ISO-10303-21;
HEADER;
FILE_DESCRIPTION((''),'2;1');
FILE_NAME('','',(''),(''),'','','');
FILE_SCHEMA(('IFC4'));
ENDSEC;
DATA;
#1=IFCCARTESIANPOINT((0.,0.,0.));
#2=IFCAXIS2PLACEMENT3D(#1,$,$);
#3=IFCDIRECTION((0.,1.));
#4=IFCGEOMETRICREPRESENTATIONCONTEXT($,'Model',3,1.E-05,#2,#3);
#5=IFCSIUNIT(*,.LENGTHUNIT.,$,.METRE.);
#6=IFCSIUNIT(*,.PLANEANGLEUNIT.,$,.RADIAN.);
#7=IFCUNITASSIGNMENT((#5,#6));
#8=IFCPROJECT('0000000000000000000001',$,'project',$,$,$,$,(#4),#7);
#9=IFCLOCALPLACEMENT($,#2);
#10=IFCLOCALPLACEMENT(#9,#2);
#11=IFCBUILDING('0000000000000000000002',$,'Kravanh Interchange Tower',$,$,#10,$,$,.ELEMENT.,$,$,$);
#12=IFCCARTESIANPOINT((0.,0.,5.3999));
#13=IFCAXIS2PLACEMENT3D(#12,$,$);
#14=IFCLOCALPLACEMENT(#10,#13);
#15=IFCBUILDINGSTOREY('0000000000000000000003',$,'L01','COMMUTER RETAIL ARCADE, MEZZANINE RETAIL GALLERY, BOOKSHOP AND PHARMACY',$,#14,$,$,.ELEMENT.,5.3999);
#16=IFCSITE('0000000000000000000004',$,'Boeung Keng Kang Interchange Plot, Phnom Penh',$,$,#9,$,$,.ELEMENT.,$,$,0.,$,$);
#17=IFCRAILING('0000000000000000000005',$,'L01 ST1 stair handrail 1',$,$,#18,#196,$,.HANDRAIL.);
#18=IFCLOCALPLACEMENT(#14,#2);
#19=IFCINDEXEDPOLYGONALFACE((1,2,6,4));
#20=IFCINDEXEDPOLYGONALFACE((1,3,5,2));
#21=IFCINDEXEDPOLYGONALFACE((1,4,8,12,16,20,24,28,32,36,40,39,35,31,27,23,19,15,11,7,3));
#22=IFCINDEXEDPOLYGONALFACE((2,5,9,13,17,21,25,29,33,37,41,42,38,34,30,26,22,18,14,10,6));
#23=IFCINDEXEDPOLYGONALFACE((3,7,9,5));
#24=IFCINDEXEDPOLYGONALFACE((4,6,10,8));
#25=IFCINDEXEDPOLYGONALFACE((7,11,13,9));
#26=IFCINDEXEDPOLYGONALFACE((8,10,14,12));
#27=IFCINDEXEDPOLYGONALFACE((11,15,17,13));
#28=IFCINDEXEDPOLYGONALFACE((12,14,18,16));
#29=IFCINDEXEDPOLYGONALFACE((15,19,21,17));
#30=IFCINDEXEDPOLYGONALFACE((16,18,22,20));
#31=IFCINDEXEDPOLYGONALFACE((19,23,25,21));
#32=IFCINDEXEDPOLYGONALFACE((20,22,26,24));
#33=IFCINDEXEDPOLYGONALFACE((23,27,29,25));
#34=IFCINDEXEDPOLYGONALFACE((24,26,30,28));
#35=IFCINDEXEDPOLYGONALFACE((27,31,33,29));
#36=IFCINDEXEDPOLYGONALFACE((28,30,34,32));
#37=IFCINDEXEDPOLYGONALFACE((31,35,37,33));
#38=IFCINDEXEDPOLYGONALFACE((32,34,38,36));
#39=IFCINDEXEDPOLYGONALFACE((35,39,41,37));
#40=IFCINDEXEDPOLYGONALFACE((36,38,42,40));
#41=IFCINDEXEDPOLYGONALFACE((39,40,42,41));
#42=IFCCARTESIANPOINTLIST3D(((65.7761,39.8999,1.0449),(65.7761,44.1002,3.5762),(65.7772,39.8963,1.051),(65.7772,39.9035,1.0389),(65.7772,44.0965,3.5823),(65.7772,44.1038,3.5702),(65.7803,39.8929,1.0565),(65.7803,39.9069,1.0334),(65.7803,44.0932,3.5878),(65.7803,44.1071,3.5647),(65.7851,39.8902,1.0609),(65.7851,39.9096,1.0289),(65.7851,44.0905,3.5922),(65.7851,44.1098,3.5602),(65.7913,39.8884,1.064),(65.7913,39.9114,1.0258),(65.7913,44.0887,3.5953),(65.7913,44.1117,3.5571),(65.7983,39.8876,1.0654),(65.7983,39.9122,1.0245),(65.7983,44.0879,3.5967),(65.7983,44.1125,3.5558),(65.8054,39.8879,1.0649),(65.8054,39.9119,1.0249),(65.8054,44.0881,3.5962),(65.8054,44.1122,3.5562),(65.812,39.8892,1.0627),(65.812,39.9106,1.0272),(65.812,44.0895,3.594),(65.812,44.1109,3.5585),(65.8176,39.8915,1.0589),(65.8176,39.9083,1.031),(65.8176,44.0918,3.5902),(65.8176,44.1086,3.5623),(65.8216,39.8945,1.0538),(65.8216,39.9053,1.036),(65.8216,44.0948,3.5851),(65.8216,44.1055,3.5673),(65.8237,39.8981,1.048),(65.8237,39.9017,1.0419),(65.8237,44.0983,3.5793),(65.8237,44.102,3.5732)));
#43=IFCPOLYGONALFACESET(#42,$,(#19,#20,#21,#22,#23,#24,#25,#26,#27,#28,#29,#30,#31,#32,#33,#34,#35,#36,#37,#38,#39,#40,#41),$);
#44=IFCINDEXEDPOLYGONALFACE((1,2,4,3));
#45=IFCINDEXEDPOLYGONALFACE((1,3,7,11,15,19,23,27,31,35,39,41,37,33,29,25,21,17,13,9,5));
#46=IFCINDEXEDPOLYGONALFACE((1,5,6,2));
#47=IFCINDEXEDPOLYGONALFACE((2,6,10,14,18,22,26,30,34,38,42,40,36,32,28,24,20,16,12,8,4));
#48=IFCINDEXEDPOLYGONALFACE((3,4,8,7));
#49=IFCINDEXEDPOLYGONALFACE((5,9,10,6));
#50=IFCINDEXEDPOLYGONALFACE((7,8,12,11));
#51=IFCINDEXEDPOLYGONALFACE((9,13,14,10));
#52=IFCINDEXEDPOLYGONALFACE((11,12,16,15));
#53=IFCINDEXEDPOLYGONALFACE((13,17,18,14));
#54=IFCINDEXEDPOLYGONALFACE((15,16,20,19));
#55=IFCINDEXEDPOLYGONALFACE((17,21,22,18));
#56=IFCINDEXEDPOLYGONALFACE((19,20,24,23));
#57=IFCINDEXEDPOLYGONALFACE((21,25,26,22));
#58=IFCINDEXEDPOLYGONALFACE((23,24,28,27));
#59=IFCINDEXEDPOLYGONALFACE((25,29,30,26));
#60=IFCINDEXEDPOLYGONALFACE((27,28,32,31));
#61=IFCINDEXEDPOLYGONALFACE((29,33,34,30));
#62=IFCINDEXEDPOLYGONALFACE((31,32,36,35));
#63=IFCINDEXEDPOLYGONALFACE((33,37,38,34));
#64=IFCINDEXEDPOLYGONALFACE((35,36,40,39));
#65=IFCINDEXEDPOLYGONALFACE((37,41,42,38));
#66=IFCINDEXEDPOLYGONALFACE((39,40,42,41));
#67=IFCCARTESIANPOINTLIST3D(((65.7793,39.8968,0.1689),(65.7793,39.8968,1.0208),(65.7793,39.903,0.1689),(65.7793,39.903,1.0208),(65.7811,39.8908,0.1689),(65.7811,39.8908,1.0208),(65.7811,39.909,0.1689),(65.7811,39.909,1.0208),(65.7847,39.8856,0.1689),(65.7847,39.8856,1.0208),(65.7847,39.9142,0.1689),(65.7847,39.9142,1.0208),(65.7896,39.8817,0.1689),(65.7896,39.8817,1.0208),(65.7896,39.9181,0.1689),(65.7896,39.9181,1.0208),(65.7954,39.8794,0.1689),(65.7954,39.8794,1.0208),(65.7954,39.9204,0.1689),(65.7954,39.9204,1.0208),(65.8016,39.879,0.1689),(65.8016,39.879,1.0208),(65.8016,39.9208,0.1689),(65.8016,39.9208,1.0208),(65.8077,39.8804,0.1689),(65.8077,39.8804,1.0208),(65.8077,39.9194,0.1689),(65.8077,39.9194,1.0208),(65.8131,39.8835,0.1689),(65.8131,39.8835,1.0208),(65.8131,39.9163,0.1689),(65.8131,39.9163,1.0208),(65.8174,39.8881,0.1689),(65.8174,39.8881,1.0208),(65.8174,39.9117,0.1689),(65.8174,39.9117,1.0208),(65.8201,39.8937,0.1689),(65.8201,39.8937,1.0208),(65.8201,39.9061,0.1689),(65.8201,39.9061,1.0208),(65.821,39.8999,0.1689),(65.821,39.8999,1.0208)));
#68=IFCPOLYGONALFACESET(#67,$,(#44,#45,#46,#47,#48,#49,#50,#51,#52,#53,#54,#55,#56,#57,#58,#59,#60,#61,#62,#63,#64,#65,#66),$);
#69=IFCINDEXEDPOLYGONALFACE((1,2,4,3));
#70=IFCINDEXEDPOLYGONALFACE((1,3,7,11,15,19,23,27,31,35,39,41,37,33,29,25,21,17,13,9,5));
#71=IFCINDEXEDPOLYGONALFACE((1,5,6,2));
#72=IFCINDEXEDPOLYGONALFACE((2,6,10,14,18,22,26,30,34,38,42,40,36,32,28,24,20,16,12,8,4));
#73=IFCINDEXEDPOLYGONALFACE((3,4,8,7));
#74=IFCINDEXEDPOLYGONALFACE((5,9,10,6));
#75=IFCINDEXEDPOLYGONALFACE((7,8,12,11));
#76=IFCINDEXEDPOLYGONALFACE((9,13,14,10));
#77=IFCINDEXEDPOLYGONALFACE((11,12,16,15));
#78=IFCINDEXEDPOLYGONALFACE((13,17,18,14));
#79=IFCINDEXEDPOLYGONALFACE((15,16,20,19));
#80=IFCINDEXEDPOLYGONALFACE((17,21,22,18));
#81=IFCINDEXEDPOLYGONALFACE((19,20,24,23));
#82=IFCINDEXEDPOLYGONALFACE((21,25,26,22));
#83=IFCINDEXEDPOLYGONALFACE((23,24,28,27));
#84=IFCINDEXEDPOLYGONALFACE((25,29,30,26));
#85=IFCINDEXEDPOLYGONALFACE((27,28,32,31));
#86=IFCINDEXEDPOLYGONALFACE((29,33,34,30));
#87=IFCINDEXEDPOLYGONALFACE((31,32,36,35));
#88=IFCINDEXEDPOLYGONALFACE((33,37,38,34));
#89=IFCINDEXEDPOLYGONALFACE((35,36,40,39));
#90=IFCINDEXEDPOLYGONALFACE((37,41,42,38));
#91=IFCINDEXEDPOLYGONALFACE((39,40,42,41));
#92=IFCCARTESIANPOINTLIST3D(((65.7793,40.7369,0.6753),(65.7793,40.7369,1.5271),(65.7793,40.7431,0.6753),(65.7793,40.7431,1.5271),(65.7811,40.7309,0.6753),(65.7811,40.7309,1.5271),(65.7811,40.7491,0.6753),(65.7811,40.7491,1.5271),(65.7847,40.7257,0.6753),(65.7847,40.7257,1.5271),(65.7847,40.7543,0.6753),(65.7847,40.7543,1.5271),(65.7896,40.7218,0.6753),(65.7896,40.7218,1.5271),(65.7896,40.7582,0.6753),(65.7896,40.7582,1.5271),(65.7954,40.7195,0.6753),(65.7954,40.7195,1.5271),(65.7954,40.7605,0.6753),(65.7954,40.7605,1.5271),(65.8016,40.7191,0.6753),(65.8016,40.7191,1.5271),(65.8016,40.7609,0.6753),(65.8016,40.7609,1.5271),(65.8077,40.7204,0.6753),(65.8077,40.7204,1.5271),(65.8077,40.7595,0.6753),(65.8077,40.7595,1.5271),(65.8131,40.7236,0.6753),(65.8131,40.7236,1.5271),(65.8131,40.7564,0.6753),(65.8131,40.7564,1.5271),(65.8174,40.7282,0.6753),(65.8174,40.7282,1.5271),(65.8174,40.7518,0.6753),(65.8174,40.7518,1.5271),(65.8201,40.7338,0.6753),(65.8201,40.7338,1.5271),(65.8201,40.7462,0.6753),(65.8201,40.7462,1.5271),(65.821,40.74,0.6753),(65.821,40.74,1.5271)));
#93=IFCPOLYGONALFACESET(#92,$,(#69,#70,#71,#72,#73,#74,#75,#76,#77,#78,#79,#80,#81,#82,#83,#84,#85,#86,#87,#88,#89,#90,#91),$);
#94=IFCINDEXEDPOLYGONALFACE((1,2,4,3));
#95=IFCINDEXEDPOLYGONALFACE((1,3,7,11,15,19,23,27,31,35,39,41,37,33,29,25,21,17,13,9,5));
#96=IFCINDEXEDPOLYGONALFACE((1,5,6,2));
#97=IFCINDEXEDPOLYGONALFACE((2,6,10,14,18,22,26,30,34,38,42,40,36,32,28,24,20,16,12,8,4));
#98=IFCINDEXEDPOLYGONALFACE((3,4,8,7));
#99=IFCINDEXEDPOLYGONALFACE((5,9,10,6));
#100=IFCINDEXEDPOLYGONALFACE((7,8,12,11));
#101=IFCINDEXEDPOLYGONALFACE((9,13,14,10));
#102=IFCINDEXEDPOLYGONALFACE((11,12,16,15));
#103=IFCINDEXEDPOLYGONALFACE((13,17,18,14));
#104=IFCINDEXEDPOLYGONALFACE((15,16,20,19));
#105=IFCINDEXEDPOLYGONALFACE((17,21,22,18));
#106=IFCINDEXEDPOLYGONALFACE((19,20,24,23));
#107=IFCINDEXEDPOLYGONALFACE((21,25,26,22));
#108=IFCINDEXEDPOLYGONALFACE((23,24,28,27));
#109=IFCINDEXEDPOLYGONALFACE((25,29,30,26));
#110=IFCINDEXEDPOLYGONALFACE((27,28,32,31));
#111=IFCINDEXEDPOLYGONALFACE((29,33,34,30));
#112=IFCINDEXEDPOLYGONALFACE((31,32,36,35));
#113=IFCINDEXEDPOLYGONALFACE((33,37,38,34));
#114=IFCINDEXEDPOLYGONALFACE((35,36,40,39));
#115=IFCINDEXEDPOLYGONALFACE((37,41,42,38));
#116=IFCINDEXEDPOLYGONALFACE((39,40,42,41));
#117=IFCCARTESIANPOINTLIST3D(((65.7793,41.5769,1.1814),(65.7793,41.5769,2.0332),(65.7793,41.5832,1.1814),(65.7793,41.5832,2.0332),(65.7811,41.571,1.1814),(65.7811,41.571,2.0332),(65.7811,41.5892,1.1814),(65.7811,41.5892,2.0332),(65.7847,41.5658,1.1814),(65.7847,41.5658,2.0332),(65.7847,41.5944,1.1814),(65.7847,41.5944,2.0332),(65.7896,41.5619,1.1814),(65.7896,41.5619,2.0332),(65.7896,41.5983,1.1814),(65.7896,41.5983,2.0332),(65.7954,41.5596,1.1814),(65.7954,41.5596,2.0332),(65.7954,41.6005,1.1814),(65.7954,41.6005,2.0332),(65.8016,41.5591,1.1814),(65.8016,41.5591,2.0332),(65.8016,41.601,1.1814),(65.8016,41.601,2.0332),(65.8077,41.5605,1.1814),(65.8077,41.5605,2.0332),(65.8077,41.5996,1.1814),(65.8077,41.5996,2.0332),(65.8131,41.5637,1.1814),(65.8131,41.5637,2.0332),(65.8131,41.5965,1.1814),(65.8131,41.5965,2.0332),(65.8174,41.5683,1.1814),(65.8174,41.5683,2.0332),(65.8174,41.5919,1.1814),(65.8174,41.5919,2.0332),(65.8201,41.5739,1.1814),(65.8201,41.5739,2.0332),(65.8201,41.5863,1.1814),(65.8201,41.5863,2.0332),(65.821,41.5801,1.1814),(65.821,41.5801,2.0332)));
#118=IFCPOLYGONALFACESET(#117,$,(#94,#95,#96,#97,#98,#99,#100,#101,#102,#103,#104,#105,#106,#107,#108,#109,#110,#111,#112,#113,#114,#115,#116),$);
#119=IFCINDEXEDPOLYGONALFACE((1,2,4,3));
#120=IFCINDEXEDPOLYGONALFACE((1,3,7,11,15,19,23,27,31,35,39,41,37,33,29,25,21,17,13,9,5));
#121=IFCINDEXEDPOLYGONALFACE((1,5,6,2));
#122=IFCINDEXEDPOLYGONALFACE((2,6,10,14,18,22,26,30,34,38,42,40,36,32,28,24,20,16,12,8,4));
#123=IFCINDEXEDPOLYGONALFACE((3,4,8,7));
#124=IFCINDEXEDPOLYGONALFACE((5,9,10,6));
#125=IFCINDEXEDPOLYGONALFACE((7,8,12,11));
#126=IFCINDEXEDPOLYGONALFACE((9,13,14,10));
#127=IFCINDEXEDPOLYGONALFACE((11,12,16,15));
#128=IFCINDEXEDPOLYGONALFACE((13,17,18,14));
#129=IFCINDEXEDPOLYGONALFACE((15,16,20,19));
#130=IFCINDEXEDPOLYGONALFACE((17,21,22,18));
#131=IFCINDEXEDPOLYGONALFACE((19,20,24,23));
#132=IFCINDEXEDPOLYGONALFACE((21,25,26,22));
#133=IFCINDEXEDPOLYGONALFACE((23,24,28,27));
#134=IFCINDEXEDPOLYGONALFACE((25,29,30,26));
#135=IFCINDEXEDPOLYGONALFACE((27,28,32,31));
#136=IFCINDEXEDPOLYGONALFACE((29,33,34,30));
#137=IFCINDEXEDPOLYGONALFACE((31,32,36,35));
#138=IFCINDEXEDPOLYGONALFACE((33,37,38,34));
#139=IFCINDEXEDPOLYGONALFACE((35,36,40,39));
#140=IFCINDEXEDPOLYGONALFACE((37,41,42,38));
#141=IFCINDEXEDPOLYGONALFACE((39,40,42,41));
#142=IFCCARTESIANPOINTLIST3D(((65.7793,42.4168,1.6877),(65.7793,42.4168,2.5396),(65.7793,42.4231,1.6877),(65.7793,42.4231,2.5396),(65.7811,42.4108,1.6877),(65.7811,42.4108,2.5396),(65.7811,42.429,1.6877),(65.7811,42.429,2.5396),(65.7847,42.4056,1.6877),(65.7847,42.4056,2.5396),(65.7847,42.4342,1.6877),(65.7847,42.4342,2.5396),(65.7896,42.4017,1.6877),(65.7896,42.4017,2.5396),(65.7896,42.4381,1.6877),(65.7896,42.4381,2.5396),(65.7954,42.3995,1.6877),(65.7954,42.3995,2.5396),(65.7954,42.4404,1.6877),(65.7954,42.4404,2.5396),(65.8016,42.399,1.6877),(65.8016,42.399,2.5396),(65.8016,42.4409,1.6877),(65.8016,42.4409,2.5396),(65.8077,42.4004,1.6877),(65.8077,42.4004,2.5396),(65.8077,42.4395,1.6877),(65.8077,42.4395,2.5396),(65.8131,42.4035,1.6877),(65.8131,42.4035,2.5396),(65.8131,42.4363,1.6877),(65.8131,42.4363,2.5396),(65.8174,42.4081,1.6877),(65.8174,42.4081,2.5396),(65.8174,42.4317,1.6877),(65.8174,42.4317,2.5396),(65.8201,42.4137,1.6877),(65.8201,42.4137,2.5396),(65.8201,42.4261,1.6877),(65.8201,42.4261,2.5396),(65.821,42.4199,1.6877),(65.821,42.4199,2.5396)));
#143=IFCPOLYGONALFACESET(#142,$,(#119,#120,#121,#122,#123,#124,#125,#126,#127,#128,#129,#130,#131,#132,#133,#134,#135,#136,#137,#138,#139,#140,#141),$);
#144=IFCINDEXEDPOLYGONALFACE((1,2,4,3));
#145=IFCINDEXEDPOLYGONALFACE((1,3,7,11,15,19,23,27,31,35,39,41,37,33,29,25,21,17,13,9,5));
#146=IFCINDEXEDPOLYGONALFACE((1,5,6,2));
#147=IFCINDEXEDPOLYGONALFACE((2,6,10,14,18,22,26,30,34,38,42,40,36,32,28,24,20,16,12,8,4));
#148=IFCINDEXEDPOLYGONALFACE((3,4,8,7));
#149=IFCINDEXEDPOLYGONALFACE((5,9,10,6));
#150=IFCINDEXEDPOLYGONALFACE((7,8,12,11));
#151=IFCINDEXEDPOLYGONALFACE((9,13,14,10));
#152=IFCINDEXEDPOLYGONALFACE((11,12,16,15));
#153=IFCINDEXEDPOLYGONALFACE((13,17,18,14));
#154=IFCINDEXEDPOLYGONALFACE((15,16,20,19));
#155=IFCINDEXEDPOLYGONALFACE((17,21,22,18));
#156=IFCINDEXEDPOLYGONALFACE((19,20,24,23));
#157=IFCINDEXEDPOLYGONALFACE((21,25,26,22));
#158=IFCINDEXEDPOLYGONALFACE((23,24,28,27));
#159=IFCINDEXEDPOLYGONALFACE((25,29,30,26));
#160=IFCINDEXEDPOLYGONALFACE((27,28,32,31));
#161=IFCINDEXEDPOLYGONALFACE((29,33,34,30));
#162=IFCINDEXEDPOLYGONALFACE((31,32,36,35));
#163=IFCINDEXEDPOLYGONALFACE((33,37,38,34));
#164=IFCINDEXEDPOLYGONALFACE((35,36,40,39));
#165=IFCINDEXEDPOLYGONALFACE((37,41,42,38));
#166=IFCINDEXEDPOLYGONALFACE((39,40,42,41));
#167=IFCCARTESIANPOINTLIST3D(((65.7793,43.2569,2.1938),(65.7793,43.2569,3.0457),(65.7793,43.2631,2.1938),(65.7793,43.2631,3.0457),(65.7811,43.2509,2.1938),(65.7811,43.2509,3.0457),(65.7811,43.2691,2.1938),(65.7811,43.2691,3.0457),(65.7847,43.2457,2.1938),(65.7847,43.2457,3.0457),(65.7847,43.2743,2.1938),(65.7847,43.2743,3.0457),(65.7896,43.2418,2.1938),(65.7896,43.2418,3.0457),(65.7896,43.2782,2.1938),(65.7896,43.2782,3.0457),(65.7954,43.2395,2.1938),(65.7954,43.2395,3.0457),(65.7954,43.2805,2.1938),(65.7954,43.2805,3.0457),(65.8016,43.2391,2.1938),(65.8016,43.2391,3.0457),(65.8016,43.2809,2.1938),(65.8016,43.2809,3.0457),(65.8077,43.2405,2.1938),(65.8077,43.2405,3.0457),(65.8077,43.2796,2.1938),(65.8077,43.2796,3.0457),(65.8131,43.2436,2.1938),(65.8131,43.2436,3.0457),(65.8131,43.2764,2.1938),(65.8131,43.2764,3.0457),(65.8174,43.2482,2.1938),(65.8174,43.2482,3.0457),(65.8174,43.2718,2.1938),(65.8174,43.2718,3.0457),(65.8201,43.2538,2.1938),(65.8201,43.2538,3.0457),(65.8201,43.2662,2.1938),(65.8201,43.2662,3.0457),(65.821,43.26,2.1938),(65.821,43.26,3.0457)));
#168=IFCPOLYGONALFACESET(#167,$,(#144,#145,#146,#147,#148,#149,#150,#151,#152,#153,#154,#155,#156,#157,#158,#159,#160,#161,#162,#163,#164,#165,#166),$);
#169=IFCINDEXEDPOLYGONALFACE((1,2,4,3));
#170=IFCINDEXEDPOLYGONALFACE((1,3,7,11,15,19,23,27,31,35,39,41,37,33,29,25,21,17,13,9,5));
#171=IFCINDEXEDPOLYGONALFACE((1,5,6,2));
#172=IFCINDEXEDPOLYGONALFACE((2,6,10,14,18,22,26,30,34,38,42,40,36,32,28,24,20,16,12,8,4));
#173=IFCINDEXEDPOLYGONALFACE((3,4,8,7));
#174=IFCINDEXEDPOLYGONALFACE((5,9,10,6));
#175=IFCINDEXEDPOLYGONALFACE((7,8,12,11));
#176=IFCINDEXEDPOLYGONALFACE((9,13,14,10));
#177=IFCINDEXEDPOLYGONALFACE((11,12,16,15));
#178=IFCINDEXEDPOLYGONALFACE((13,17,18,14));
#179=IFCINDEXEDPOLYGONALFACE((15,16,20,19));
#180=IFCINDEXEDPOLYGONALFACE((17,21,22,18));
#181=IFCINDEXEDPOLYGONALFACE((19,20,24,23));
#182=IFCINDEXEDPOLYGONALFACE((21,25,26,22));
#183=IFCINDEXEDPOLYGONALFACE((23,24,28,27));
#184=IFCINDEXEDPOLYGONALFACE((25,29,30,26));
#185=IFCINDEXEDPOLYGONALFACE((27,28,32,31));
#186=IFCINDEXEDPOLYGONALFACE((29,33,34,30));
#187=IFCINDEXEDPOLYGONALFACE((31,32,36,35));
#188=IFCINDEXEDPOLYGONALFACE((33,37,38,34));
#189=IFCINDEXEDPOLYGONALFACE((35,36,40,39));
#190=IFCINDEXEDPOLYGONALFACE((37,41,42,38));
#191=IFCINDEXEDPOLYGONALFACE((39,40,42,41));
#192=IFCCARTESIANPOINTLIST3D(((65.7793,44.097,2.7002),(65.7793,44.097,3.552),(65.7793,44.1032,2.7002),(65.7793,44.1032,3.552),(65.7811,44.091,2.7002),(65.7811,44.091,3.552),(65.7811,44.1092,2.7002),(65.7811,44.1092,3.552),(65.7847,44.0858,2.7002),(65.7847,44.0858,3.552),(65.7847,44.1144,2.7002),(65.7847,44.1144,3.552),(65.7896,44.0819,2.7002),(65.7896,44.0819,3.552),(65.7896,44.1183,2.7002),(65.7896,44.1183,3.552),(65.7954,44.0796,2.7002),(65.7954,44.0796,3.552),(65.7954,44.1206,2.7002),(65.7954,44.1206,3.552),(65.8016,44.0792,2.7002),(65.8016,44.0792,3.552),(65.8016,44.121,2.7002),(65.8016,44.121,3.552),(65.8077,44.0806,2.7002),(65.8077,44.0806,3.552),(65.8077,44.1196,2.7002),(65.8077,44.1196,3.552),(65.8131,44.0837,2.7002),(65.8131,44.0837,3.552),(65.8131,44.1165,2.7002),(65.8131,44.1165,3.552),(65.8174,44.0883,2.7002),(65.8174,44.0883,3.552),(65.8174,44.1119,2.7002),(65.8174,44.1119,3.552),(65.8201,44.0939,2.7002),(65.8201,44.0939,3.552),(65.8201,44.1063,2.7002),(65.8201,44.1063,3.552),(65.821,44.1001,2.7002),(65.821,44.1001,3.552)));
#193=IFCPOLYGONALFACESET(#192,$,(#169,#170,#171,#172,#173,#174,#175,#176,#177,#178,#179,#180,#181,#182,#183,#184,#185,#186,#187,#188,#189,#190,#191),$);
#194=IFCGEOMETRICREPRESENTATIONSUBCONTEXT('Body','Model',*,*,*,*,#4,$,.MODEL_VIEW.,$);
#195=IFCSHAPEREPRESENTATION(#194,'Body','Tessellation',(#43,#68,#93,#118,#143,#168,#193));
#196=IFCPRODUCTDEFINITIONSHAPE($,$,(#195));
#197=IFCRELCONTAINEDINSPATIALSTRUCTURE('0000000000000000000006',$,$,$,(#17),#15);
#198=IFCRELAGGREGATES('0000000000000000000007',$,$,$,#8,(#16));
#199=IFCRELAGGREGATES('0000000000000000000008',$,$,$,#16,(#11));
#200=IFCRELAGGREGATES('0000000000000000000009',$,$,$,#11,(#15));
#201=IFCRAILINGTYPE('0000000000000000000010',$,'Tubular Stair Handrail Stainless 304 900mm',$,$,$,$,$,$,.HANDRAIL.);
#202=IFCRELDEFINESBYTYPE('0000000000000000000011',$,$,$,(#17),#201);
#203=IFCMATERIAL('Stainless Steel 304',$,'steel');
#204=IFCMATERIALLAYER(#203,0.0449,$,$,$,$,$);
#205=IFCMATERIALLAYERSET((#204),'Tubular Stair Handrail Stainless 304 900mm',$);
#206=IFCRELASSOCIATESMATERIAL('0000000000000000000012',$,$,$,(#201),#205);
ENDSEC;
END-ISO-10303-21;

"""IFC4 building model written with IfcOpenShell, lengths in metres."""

from ifc_helpers import new_model, si_unit, direction, frame, origin, origin_2d, place, context, subcontext, project, spatial, circle, extrude, material, layer, layer_set, type_object, element, save


model = new_model("IFC4")

# Units and contexts
model_context = context("Model", 3, precision=1e-05, world=origin(), true_north=direction((0.0, 1.0)))
body_context = subcontext(model_context, "Body", "Model", "MODEL_VIEW")
ifc_project = project(units=[si_unit("LENGTHUNIT", "METRE"), si_unit("PLANEANGLEUNIT", "RADIAN")], contexts=[model_context])

# Site, building, storey
site_placement = place(None, origin())
site = spatial("IfcSite", under=ifc_project, at=site_placement, Name="Boeung Keng Kang Interchange Plot, Phnom Penh", CompositionType="ELEMENT", RefElevation=0.0)
building_placement = place(site_placement, origin())
building = spatial("IfcBuilding", under=site, at=building_placement, Name="Kravanh Interchange Tower", CompositionType="ELEMENT")
storey_placement = place(building_placement, frame((0.0, 0.0, 5.3999)))
storey = spatial("IfcBuildingStorey", under=building, at=storey_placement, Name="L01", Description="COMMUTER RETAIL ARCADE, MEZZANINE RETAIL GALLERY, BOOKSHOP AND PHARMACY", CompositionType="ELEMENT", Elevation=5.3999)

# Railing
ifc_material_1 = material(Name="Stainless Steel 304", Category="steel")
ifc_layer_1 = layer(ifc_material_1, 0.0449)
ifc_layer_set_1 = layer_set([ifc_layer_1], Name="Tubular Stair Handrail Stainless 304 900mm")
railing_type_1 = type_object("IfcRailingType", Name="Tubular Stair Handrail Stainless 304 900mm", PredefinedType="HANDRAIL", material=ifc_layer_set_1)
railing_1_placement = place(storey_placement, frame((65.8, 39.8999, 0.1689)))
element("IfcRailing", 1, at=railing_1_placement, inside=storey, type_object=railing_type_1, Name="L01 ST1 stair handrail 1", PredefinedType="HANDRAIL", context=body_context, shape_type="SweptSolid", body=[
    extrude(circle(Radius=0.0239, at=origin_2d()), frame((0.0, 0.0, 0.876), z_axis=(0.0, 0.85649, 0.516164), x_axis=(-1.0, 0.0, 0.0)), (0.0, 0.0, 1.0), 4.9041),
    extrude(circle(Radius=0.021, at=origin_2d()), origin(), (0.0, 0.0, 1.0), 0.8518),
    extrude(circle(Radius=0.021, at=origin_2d()), frame((0.0, 0.8401, 0.5063)), (0.0, 0.0, 1.0), 0.8518),
    extrude(circle(Radius=0.021, at=origin_2d()), frame((0.0, 1.6802, 1.0125)), (0.0, 0.0, 1.0), 0.8518),
    extrude(circle(Radius=0.021, at=origin_2d()), frame((0.0, 2.52, 1.5188)), (0.0, 0.0, 1.0), 0.8518),
    extrude(circle(Radius=0.021, at=origin_2d()), frame((0.0, 3.3601, 2.0249)), (0.0, 0.0, 1.0), 0.8518),
    extrude(circle(Radius=0.021, at=origin_2d()), frame((0.0, 4.2002, 2.5312)), (0.0, 0.0, 1.0), 0.8518),
])

save(model, "model.ifc")
